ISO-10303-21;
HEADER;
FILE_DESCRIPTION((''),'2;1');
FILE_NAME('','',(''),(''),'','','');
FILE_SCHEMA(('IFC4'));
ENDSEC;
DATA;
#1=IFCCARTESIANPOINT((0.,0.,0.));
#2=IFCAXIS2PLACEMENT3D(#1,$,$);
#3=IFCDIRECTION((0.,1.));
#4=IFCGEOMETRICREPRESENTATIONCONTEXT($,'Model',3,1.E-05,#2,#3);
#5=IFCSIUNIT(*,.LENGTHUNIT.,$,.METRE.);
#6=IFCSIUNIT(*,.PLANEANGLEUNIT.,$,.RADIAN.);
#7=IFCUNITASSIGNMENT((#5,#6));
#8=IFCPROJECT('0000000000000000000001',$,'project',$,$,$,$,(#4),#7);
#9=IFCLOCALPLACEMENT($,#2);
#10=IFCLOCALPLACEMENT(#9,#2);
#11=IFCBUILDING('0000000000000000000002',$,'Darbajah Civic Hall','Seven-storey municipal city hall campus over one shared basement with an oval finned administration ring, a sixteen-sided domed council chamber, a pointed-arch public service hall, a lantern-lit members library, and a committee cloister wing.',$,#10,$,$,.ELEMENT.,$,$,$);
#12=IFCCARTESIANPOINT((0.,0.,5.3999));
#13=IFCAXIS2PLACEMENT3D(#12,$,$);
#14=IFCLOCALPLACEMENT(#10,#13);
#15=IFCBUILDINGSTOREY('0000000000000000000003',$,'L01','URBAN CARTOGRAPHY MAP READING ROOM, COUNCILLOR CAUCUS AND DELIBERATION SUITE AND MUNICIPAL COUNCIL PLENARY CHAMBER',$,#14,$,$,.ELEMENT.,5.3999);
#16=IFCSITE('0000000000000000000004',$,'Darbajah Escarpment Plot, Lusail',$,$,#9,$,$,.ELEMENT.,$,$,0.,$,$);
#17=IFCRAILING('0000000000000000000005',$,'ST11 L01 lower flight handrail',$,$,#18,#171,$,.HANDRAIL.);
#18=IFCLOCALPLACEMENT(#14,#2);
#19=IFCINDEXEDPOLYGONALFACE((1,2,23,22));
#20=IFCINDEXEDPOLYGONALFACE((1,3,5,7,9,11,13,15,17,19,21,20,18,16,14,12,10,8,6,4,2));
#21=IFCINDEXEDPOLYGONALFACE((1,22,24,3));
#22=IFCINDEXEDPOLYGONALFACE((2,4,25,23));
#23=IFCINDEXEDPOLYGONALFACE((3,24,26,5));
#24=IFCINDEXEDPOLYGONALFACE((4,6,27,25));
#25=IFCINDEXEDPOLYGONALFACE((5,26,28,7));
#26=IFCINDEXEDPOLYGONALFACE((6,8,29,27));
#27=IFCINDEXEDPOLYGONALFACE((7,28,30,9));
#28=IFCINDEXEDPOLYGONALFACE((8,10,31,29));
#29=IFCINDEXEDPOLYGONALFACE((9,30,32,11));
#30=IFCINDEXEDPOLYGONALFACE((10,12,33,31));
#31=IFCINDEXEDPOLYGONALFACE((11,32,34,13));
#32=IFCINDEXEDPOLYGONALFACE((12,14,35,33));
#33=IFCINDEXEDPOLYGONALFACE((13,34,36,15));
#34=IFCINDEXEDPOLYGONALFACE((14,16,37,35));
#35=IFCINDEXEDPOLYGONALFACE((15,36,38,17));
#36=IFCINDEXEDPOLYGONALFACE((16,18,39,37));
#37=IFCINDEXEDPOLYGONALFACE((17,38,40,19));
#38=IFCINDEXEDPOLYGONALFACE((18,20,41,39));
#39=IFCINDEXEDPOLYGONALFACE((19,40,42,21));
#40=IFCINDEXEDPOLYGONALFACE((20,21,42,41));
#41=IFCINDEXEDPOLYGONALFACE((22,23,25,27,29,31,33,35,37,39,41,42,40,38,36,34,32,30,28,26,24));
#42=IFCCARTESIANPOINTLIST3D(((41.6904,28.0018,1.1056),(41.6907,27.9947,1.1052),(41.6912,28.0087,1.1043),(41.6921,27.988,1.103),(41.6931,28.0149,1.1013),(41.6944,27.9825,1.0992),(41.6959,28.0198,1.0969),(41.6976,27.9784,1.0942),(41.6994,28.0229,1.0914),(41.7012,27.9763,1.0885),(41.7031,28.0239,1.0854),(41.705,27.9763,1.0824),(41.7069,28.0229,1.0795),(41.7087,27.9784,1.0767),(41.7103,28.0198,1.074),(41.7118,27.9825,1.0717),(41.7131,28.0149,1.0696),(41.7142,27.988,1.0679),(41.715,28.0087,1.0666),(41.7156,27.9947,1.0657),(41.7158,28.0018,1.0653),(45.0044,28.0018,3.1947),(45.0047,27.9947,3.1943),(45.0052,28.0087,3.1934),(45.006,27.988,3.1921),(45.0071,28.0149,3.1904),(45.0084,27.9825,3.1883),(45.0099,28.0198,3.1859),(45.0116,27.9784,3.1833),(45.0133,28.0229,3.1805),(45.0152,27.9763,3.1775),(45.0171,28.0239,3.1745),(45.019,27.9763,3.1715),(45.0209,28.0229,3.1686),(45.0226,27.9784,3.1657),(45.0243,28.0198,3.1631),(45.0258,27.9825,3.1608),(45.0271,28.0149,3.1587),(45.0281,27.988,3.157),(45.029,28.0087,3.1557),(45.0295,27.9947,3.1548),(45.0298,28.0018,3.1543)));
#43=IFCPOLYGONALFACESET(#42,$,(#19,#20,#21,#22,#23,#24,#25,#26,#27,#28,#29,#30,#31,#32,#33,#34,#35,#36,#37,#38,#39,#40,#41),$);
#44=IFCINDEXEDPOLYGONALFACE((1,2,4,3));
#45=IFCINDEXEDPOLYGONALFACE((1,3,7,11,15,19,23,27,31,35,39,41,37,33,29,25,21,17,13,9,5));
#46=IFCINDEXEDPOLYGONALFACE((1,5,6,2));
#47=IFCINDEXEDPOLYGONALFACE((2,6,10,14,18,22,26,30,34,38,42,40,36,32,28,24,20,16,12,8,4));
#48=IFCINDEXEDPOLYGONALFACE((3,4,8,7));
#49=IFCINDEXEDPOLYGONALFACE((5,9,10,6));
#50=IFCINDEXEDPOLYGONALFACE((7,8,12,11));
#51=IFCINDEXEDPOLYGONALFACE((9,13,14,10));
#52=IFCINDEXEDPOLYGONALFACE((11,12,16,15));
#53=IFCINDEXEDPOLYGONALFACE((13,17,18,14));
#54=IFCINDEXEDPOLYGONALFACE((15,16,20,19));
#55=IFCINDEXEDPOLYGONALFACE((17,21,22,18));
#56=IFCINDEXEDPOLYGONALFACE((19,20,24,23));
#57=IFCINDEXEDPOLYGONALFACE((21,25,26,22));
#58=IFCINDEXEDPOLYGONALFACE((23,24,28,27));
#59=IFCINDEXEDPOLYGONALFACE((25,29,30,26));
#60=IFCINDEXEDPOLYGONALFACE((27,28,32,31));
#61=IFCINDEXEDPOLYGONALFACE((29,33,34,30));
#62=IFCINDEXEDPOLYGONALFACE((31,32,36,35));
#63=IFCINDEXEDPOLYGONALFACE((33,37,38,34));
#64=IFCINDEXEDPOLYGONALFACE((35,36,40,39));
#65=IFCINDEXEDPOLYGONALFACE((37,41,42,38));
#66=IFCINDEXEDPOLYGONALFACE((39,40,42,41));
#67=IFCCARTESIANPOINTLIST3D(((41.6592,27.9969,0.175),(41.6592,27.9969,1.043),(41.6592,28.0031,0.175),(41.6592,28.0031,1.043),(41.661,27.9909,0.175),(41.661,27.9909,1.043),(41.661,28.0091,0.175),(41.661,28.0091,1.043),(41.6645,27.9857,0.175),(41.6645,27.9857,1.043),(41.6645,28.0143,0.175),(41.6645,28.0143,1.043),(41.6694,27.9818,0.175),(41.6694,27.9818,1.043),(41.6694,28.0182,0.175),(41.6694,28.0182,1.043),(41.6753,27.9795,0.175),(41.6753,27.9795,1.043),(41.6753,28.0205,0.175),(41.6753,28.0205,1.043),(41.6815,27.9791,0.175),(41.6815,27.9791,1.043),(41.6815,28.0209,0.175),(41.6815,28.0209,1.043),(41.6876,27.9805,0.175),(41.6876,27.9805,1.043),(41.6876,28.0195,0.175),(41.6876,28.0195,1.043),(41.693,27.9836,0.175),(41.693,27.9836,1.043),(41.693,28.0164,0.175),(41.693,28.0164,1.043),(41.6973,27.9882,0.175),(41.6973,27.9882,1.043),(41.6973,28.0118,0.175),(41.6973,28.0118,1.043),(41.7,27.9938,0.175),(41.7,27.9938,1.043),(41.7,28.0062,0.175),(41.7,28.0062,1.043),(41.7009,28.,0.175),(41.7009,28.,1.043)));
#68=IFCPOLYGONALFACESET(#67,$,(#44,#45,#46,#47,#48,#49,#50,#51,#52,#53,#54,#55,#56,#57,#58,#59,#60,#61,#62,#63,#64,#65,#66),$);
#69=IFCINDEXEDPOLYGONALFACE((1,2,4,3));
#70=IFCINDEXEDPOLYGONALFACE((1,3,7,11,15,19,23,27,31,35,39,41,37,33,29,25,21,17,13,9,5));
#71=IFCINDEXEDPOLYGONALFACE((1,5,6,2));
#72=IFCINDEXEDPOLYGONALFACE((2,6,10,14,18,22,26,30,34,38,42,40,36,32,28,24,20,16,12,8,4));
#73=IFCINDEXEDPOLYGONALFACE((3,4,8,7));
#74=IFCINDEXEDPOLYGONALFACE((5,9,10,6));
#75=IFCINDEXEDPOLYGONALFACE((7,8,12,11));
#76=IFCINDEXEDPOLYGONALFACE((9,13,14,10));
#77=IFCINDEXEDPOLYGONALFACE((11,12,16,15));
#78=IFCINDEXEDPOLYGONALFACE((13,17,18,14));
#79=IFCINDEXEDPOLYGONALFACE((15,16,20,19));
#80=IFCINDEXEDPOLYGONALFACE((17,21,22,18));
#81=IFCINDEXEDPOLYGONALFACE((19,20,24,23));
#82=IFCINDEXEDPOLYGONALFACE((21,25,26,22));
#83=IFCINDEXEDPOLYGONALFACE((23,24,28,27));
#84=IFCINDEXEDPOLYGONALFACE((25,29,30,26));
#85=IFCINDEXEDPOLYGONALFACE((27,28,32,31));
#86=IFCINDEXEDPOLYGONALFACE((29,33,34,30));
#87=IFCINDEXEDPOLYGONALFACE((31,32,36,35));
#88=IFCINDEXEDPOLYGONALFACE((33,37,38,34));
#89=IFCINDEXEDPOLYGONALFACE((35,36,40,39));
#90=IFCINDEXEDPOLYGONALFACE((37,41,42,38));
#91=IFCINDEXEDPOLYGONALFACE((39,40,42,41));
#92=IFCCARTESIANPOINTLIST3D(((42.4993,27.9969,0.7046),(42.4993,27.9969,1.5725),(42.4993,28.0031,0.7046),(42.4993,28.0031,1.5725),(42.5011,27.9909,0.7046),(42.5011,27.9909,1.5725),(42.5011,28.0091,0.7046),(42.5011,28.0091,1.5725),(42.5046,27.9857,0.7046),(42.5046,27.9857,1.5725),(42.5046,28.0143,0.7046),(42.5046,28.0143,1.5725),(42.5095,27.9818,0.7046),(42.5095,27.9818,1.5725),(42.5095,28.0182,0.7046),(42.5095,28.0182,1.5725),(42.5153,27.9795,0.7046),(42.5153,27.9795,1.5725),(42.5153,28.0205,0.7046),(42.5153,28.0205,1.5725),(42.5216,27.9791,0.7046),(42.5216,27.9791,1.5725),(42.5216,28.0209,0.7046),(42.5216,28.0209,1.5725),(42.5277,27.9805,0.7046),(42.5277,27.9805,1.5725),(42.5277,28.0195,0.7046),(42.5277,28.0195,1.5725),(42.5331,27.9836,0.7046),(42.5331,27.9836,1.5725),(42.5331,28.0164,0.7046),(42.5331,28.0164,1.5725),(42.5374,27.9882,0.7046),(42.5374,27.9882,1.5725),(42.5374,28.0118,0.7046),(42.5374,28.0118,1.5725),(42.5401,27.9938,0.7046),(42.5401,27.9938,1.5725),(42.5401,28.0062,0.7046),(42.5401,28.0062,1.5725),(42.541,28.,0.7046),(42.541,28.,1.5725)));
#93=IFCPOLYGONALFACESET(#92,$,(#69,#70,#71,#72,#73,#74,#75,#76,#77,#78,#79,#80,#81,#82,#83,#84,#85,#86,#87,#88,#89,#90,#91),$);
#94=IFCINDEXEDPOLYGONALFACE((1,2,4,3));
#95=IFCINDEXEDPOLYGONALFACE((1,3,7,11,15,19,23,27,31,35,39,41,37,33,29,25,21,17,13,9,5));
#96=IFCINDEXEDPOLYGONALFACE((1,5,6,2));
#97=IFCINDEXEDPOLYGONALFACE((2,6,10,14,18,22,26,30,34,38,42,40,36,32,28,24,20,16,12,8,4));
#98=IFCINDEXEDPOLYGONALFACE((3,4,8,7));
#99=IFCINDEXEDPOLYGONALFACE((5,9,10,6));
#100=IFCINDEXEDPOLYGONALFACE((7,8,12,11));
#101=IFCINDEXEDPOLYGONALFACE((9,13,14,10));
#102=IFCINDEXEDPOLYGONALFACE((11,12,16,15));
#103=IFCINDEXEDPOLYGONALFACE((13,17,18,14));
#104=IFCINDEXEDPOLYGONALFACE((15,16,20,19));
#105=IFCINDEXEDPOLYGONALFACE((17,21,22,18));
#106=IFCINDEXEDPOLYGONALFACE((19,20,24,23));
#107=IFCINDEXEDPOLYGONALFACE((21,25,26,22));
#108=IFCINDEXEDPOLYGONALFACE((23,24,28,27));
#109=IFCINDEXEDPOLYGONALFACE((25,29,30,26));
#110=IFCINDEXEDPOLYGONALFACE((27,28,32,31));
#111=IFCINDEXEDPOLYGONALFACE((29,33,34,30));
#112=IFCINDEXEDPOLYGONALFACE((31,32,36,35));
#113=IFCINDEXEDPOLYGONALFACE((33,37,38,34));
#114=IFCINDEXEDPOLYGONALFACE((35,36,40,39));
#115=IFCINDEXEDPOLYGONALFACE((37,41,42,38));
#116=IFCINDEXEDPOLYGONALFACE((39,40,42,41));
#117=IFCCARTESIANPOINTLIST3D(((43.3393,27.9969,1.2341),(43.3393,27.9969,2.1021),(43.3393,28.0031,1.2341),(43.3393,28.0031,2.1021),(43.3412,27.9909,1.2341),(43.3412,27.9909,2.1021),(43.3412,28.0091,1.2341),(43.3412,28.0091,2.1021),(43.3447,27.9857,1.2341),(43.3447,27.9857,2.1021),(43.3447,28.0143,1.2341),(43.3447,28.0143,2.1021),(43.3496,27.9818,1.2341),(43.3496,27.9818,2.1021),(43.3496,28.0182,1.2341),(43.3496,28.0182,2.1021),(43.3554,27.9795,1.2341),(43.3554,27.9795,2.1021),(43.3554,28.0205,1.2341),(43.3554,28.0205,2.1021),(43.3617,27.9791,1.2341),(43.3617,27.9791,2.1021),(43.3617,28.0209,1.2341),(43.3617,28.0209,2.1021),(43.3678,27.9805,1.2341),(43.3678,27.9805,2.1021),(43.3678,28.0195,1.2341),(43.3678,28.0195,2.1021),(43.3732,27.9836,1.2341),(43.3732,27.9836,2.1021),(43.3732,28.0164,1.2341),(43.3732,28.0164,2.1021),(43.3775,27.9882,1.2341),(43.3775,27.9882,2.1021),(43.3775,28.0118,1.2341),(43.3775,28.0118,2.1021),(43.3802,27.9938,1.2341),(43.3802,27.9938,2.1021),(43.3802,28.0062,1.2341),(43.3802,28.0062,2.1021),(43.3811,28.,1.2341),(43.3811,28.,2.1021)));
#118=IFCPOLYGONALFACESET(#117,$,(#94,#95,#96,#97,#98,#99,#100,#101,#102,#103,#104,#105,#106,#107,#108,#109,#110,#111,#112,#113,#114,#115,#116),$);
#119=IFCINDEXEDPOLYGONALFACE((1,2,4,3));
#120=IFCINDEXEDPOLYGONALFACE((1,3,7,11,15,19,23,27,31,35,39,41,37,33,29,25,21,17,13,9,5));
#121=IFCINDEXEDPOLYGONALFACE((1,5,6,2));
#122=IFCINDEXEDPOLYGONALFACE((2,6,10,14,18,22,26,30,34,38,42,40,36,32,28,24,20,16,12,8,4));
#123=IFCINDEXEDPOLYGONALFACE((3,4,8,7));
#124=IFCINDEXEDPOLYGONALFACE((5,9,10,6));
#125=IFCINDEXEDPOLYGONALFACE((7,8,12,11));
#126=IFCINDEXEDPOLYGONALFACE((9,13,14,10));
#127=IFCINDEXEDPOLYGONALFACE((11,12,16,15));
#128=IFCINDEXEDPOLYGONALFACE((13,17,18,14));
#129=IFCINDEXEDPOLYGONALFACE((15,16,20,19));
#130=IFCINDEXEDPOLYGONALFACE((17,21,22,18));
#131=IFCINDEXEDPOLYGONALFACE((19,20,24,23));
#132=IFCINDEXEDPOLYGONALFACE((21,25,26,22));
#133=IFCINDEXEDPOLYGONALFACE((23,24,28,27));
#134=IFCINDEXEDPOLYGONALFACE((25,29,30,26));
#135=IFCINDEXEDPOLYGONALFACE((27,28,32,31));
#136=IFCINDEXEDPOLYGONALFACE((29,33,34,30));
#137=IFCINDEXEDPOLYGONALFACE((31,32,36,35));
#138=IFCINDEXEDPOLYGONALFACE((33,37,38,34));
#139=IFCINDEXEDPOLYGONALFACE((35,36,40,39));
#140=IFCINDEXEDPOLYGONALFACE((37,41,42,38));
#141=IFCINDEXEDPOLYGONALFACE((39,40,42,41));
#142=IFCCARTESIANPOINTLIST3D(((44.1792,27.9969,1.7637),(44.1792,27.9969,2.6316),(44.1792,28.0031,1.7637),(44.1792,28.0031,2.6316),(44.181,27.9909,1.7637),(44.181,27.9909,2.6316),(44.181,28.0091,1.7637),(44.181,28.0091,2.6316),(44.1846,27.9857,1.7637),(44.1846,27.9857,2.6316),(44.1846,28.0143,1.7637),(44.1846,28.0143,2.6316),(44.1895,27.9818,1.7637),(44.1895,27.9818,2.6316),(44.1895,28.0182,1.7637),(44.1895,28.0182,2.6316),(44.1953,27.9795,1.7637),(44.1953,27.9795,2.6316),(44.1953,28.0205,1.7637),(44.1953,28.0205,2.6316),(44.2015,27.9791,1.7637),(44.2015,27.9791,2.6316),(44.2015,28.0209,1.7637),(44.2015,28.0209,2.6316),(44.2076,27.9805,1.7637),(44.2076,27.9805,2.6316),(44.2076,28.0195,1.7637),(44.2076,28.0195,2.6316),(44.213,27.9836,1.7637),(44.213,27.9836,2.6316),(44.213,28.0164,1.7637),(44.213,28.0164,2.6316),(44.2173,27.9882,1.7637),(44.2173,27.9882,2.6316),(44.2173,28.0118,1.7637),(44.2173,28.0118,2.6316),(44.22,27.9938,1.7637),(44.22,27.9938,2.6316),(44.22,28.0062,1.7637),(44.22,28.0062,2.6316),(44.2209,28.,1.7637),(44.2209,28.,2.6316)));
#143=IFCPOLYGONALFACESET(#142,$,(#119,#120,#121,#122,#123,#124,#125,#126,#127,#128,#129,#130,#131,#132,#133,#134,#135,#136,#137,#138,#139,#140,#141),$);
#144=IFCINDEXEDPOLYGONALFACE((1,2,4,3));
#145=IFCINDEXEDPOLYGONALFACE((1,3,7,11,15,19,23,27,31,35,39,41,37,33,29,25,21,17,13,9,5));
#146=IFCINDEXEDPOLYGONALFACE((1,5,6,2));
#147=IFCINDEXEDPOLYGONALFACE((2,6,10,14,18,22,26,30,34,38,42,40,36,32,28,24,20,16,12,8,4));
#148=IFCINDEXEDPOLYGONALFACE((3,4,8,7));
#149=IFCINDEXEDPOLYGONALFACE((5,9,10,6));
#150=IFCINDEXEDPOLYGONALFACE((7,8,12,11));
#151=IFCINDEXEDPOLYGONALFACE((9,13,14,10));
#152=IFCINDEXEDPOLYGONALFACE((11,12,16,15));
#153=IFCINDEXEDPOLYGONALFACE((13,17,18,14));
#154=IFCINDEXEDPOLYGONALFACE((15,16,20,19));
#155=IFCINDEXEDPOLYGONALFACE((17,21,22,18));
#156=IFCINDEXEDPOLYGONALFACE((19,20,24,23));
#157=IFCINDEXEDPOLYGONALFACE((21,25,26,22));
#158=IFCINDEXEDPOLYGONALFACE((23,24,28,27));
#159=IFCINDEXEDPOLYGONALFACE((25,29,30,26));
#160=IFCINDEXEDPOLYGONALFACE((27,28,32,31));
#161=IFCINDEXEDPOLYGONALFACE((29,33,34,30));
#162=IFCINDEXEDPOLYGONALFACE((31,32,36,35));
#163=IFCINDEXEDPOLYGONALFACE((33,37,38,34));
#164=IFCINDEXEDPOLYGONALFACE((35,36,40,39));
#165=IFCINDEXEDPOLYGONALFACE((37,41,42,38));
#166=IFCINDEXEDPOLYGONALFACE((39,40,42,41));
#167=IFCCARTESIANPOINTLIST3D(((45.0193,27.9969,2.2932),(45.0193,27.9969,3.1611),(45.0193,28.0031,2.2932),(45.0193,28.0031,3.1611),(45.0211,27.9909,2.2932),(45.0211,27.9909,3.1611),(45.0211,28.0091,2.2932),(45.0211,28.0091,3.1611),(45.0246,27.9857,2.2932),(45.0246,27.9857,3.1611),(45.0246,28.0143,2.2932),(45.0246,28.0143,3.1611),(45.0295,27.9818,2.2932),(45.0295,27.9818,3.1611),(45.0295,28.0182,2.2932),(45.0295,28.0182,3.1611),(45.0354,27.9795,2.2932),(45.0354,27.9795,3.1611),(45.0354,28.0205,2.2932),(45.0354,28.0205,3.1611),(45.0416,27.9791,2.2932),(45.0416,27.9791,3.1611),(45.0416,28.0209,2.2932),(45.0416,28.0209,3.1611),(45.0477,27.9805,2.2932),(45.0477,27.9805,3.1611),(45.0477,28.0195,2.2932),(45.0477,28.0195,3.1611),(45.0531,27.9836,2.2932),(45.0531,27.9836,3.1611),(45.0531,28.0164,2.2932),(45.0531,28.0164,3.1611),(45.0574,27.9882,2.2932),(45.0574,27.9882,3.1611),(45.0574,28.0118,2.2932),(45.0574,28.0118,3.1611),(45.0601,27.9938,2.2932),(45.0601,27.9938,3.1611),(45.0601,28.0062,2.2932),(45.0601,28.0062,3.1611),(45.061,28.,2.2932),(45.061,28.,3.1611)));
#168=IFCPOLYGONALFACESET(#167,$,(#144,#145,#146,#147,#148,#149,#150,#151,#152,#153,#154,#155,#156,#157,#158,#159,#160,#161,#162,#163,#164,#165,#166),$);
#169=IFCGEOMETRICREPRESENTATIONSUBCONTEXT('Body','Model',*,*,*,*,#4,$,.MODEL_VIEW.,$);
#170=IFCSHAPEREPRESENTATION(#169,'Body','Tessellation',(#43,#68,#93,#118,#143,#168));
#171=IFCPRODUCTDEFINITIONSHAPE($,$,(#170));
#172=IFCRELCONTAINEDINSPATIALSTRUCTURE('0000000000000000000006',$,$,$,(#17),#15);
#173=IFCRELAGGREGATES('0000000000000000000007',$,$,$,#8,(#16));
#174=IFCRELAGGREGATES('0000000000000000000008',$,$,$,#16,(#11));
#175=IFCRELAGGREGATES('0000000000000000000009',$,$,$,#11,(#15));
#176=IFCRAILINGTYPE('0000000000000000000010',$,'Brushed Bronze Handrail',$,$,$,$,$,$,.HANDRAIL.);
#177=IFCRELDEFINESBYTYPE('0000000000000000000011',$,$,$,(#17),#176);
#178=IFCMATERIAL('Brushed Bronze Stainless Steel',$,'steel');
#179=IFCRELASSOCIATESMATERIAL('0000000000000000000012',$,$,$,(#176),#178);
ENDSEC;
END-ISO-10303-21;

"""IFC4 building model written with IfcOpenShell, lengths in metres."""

from ifc_helpers import new_model, si_unit, direction, frame, origin, origin_2d, place, context, subcontext, project, spatial, circle, extrude, material, type_object, element, save


model = new_model("IFC4")

# Units and contexts
model_context = context("Model", 3, precision=1e-05, world=origin(), true_north=direction((0.0, 1.0)))
body_context = subcontext(model_context, "Body", "Model", "MODEL_VIEW")
ifc_project = project(units=[si_unit("LENGTHUNIT", "METRE"), si_unit("PLANEANGLEUNIT", "RADIAN")], contexts=[model_context])

# Site, building, storey
site_placement = place(None, origin())
site = spatial("IfcSite", under=ifc_project, at=site_placement, Name="Darbajah Escarpment Plot, Lusail", CompositionType="ELEMENT", RefElevation=0.0)
building_placement = place(site_placement, origin())
building = spatial("IfcBuilding", under=site, at=building_placement, Name="Darbajah Civic Hall", Description="Seven-storey municipal city hall campus over one shared basement with an oval finned administration ring, a sixteen-sided domed council chamber, a pointed-arch public service hall, a lantern-lit members library, and a committee cloister wing.", CompositionType="ELEMENT")
storey_placement = place(building_placement, frame((0.0, 0.0, 5.3999)))
storey = spatial("IfcBuildingStorey", under=building, at=storey_placement, Name="L01", Description="URBAN CARTOGRAPHY MAP READING ROOM, COUNCILLOR CAUCUS AND DELIBERATION SUITE AND MUNICIPAL COUNCIL PLENARY CHAMBER", CompositionType="ELEMENT", Elevation=5.3999)

# Railing
ifc_material_1 = material(Name="Brushed Bronze Stainless Steel", Category="steel")
railing_type_1 = type_object("IfcRailingType", Name="Brushed Bronze Handrail", PredefinedType="HANDRAIL", material=ifc_material_1)
railing_1_placement = place(storey_placement, frame((41.6799, 28.0, 0.175)))
element("IfcRailing", 1, at=railing_1_placement, inside=storey, type_object=railing_type_1, Name="ST11 L01 lower flight handrail", PredefinedType="HANDRAIL", context=body_context, shape_type="SweptSolid", body=[
    extrude(circle(Radius=0.0239, at=origin_2d()), frame((0.0232, 0.0, 0.9104), z_axis=(0.845944, 0.0, 0.533271), x_axis=(0.0, 1.0, 0.0)), (0.0, 0.0, 1.0), 3.9175),
    extrude(circle(Radius=0.021, at=origin_2d()), origin(), (0.0, 0.0, 1.0), 0.8679),
    extrude(circle(Radius=0.021, at=origin_2d()), frame((0.8401, 0.0, 0.5295)), (0.0, 0.0, 1.0), 0.8679),
    extrude(circle(Radius=0.021, at=origin_2d()), frame((1.6802, 0.0, 1.0591)), (0.0, 0.0, 1.0), 0.8679),
    extrude(circle(Radius=0.021, at=origin_2d()), frame((2.52, 0.0, 1.5886)), (0.0, 0.0, 1.0), 0.8679),
    extrude(circle(Radius=0.021, at=origin_2d()), frame((3.3601, 0.0, 2.1182)), (0.0, 0.0, 1.0), 0.8679),
])

save(model, "model.ifc")
